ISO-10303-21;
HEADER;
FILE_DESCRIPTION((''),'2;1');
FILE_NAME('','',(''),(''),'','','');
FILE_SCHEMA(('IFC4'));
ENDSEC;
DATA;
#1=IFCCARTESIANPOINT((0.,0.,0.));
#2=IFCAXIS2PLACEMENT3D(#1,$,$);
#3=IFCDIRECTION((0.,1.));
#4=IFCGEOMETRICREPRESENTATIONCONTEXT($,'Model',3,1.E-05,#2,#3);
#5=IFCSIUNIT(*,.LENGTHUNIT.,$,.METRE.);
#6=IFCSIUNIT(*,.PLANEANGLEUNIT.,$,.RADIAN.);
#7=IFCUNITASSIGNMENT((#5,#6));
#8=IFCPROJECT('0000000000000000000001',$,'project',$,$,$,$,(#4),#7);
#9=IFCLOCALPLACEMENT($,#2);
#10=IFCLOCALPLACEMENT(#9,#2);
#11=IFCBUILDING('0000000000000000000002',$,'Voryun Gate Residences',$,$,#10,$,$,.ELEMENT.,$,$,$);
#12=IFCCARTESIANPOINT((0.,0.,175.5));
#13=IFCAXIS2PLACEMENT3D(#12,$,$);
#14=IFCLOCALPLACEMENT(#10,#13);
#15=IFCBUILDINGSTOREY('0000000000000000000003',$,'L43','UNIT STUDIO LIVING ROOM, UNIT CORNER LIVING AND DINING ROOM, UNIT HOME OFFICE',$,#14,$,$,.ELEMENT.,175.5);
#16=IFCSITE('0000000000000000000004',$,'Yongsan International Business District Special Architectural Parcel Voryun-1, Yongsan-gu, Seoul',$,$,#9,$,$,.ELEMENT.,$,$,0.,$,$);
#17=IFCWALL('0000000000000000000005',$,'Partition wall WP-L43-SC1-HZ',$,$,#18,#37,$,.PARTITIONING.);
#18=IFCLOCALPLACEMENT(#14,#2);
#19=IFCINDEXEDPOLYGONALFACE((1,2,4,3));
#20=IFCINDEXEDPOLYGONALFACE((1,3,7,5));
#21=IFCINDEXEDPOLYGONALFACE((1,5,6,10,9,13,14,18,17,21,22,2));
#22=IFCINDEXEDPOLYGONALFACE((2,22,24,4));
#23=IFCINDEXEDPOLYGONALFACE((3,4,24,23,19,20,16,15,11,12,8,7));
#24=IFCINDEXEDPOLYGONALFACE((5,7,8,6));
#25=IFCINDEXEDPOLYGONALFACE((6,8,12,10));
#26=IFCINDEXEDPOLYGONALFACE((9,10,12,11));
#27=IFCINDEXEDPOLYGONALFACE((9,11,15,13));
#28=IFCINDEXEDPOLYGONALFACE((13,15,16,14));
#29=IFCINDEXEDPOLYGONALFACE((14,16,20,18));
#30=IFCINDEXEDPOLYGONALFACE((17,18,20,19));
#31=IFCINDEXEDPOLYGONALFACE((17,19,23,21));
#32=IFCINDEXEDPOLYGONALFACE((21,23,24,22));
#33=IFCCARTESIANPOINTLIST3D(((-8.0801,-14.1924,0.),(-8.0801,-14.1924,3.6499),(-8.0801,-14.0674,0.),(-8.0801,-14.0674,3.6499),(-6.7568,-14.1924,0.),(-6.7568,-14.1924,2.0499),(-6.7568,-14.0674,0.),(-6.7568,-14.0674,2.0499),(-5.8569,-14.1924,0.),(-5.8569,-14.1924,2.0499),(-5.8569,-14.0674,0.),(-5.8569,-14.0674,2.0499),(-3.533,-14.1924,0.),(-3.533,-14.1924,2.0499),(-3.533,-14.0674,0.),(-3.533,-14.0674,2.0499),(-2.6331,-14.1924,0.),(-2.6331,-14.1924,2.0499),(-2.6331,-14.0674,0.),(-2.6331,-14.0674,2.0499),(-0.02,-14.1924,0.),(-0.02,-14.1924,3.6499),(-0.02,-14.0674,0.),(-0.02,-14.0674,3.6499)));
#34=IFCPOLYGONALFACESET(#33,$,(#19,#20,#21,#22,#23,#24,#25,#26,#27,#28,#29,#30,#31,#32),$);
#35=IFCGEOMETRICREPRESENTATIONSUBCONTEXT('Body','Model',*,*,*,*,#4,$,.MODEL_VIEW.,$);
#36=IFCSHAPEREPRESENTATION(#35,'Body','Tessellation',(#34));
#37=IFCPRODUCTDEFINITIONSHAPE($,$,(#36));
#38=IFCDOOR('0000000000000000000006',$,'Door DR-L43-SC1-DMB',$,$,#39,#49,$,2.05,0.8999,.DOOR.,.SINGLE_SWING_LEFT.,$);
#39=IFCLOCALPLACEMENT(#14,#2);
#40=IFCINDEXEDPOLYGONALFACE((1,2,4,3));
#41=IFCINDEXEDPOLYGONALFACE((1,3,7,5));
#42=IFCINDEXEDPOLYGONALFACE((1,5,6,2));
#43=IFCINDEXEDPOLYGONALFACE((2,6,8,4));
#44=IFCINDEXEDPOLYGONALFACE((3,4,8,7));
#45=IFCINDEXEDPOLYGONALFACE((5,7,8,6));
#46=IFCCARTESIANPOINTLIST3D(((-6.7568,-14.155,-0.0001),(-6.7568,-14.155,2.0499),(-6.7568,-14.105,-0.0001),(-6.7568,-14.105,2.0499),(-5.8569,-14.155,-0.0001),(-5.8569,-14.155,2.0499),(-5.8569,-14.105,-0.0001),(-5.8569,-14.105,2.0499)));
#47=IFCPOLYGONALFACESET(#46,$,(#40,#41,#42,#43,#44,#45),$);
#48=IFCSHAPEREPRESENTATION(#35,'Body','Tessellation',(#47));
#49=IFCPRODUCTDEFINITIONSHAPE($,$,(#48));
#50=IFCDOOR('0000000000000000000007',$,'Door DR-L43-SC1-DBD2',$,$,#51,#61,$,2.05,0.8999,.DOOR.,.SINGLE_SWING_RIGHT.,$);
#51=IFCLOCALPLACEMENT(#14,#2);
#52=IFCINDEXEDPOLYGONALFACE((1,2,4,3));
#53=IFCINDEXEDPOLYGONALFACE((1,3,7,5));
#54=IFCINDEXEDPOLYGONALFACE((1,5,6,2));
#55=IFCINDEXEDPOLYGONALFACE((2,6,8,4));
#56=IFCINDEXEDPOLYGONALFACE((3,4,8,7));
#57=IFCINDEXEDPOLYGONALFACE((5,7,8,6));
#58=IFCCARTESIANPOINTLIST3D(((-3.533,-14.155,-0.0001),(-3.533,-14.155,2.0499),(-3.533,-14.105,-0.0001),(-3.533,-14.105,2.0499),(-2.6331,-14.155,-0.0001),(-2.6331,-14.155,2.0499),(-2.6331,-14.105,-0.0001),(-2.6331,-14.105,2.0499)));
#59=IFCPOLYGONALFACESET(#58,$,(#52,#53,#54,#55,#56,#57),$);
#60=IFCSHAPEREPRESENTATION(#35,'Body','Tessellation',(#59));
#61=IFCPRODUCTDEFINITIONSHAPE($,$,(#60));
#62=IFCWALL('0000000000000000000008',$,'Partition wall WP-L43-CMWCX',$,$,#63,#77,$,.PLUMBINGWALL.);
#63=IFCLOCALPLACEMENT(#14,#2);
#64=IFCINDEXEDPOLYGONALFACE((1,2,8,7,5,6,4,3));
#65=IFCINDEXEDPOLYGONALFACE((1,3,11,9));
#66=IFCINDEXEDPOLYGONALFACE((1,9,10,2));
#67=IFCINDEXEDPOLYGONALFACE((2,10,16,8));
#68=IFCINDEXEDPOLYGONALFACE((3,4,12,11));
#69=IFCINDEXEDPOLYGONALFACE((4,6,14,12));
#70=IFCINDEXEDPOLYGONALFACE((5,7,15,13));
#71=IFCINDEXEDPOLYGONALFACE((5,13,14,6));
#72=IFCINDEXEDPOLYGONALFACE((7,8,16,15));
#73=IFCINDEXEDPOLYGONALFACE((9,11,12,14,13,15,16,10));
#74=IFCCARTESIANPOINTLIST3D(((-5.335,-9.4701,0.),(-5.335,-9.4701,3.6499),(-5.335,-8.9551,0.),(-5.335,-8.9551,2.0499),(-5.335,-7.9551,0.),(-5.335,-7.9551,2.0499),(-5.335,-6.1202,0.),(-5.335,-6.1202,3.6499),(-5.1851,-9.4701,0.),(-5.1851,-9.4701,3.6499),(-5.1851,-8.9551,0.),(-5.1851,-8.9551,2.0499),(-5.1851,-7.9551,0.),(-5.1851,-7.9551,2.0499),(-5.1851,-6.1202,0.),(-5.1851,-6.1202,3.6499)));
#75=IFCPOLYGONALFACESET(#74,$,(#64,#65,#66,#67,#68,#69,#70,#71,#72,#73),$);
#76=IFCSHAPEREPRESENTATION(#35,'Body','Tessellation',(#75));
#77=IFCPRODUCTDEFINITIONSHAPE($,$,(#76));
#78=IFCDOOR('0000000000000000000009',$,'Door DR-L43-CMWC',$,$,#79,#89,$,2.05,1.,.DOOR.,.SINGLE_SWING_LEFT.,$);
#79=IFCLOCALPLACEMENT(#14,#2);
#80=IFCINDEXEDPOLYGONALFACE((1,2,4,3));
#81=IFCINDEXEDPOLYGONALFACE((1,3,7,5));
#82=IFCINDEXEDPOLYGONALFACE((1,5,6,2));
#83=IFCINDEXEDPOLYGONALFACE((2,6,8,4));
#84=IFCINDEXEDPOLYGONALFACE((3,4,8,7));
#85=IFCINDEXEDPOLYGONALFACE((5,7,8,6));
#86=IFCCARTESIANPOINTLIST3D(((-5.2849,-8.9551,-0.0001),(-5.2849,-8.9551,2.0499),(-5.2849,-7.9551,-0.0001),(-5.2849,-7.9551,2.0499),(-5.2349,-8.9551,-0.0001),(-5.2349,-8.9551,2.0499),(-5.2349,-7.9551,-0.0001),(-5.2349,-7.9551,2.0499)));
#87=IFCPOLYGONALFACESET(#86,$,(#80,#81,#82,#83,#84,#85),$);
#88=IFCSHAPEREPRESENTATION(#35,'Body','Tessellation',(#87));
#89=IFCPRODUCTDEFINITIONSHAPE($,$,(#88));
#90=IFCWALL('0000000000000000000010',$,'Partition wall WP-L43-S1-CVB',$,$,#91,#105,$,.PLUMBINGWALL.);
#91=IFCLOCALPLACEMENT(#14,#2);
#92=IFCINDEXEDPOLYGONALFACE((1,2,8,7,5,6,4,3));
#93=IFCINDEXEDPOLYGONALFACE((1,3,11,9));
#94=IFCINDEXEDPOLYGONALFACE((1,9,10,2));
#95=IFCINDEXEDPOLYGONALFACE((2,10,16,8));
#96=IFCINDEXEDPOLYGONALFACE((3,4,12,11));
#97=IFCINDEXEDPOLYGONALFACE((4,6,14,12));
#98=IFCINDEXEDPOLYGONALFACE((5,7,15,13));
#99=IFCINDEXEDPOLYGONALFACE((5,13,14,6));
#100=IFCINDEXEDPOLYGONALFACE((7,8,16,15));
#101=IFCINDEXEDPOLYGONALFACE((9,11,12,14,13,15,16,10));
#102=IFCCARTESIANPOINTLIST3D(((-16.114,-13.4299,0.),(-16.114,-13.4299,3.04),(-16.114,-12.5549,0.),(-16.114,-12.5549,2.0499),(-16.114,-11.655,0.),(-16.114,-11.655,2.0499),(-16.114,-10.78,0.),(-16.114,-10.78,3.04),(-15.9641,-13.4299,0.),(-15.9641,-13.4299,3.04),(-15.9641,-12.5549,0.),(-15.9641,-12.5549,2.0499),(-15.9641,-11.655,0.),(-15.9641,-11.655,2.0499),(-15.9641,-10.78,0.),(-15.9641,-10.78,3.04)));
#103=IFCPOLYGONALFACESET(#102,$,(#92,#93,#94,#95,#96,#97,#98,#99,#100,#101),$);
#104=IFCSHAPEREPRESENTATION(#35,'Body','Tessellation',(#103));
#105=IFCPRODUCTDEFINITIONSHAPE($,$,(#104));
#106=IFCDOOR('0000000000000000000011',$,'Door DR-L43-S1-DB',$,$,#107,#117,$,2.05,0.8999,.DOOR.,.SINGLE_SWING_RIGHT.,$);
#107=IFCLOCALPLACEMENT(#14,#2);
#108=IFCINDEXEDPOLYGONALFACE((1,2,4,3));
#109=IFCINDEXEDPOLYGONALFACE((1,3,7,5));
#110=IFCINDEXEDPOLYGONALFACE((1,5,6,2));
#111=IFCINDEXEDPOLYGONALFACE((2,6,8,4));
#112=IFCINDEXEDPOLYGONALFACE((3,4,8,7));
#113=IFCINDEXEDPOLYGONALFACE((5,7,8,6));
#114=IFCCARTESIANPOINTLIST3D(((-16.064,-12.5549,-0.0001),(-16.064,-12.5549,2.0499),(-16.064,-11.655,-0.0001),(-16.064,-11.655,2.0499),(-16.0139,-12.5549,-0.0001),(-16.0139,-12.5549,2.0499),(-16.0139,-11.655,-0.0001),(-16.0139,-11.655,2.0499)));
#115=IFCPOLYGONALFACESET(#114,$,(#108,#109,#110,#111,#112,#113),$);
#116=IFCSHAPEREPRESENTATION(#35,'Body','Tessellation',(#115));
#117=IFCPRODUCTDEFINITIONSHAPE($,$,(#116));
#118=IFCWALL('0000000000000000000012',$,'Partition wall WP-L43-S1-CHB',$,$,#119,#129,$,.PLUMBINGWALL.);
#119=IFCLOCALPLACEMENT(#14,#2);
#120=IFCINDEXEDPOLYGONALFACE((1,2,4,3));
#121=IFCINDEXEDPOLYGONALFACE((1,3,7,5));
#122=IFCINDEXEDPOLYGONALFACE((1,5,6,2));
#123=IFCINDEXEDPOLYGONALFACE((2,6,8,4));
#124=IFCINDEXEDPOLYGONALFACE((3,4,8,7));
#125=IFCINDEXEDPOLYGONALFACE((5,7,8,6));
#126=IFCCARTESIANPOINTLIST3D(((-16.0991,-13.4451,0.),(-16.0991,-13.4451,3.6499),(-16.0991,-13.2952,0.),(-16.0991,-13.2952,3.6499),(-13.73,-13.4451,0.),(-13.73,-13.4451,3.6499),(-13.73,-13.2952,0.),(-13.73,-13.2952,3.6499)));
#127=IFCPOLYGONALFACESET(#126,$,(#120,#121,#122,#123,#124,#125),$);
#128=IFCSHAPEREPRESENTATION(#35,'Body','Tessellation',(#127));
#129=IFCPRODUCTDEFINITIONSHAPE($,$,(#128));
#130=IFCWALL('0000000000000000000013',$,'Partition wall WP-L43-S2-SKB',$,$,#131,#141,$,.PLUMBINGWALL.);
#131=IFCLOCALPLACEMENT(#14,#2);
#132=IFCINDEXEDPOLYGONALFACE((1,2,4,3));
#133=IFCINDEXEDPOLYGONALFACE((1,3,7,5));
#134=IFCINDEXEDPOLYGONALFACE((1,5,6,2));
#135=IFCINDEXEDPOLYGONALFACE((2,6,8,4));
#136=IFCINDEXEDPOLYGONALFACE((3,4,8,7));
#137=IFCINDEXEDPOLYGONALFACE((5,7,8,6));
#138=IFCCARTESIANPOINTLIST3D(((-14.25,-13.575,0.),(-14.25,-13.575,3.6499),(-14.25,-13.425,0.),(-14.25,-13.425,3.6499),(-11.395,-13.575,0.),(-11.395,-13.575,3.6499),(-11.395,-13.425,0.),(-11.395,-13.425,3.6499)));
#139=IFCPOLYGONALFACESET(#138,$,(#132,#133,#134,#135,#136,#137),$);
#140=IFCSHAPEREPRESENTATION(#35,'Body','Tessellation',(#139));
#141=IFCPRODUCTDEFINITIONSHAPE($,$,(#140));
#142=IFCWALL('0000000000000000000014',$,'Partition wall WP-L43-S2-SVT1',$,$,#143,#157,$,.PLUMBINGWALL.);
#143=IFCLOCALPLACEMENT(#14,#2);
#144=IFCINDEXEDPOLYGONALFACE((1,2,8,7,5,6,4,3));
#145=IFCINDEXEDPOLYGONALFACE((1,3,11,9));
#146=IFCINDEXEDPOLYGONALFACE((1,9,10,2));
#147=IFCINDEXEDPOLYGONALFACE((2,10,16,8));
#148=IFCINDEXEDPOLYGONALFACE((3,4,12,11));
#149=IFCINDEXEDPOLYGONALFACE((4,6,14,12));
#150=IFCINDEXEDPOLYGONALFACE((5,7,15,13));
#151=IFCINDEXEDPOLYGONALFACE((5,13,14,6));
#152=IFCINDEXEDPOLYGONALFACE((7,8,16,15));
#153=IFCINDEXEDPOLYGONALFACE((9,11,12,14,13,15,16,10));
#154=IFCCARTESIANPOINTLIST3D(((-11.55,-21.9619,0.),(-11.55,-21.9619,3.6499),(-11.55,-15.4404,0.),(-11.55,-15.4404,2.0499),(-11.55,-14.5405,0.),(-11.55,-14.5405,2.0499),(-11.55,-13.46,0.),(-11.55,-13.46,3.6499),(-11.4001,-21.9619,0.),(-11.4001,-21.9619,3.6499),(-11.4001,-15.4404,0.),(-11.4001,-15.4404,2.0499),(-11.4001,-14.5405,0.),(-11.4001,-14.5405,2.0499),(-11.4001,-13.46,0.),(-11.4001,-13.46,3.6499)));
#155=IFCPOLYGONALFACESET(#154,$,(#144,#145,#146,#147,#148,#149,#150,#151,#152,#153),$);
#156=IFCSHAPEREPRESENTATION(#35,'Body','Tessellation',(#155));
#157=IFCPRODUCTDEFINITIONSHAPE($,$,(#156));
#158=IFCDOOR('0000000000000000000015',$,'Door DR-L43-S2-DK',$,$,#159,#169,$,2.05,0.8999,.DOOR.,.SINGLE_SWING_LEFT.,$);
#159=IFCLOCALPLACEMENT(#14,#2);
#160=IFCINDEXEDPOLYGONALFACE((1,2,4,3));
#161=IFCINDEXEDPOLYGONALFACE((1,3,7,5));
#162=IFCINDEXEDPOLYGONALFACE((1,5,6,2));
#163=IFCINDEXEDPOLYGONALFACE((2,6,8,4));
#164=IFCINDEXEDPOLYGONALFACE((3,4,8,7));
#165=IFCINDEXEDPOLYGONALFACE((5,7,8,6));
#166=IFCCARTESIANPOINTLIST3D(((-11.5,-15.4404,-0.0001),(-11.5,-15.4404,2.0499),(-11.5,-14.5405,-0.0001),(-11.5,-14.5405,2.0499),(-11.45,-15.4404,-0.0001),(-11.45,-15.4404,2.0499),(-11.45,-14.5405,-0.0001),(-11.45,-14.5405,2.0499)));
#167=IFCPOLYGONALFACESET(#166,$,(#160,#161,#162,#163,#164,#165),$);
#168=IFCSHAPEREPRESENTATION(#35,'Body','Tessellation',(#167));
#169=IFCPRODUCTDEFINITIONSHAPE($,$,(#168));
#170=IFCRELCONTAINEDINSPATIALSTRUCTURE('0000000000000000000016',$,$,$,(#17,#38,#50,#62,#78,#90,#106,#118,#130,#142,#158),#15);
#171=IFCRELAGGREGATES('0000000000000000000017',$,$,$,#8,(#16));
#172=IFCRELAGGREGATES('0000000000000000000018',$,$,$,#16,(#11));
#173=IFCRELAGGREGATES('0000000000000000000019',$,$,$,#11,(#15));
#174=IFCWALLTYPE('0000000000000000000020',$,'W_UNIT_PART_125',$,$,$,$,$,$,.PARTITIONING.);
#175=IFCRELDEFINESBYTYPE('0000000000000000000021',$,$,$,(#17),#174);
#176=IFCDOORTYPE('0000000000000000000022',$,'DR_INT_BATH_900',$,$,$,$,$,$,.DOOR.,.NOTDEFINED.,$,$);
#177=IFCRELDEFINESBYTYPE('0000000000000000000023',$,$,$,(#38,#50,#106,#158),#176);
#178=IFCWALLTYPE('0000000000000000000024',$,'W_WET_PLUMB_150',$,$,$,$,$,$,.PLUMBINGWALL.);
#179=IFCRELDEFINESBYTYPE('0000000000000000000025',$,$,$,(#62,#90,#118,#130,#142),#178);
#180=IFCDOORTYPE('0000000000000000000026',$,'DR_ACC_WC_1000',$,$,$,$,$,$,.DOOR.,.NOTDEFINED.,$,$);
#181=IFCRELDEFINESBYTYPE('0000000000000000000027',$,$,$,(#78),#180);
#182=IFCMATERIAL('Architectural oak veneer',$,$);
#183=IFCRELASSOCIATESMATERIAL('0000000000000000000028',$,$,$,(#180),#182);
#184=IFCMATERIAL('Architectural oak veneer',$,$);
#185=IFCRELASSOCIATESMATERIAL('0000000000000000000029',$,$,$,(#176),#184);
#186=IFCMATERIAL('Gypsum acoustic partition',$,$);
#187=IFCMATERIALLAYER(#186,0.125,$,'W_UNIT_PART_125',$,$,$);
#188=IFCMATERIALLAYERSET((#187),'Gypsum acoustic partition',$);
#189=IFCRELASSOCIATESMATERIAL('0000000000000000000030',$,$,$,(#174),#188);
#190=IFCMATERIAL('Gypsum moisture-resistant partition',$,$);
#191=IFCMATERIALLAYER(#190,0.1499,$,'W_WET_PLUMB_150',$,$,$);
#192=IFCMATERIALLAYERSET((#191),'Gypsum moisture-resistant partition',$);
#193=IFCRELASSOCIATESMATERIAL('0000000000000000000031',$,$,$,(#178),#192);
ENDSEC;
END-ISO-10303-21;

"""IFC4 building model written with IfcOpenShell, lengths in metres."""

from ifc_helpers import new_model, si_unit, direction, frame, frame_2d, origin, place, context, subcontext, project, spatial, rectangle, extrude, material, layer, layer_set, type_object, element, fill, save


model = new_model("IFC4")

# Units and contexts
model_context = context("Model", 3, precision=1e-05, world=origin(), true_north=direction((0.0, 1.0)))
body_context = subcontext(model_context, "Body", "Model", "MODEL_VIEW")
ifc_project = project(units=[si_unit("LENGTHUNIT", "METRE"), si_unit("PLANEANGLEUNIT", "RADIAN")], contexts=[model_context])

# Site, building, storey
site_placement = place(None, origin())
site = spatial("IfcSite", under=ifc_project, at=site_placement, Name="Yongsan International Business District Special Architectural Parcel Voryun-1, Yongsan-gu, Seoul", CompositionType="ELEMENT", RefElevation=0.0)
building_placement = place(site_placement, origin())
building = spatial("IfcBuilding", under=site, at=building_placement, Name="Voryun Gate Residences", CompositionType="ELEMENT")
storey_placement = place(building_placement, frame((0.0, 0.0, 175.5)))
storey = spatial("IfcBuildingStorey", under=building, at=storey_placement, Name="L43", Description="UNIT STUDIO LIVING ROOM, UNIT CORNER LIVING AND DINING ROOM, UNIT HOME OFFICE", CompositionType="ELEMENT", Elevation=175.5)

# Shared definitions
ifc_material_1 = material(Name="Architectural oak veneer")
door_type_1 = type_object("IfcDoorType", Name="DR_ACC_WC_1000", OperationType="NOTDEFINED", PredefinedType="DOOR", material=ifc_material_1)
ifc_material_2 = material(Name="Architectural oak veneer")
door_type_2 = type_object("IfcDoorType", Name="DR_INT_BATH_900", OperationType="NOTDEFINED", PredefinedType="DOOR", material=ifc_material_2)

# Wall, openings, doors
ifc_material_3 = material(Name="Gypsum acoustic partition")
ifc_layer_1 = layer(ifc_material_3, 0.125, Name="W_UNIT_PART_125")
ifc_layer_set_1 = layer_set([ifc_layer_1], Name="Gypsum acoustic partition")
wall_type_1 = type_object("IfcWallType", Name="W_UNIT_PART_125", PredefinedType="PARTITIONING", material=ifc_layer_set_1)
wall_1_placement = place(storey_placement, frame((-8.0801, -14.1299, 0.0), z_axis=(0.0, 0.0, 1.0), x_axis=(1.0, 0.0, 0.0)))
wall_1 = element("IfcWall", 1, at=wall_1_placement, inside=storey, type_object=wall_type_1, Name="Partition wall WP-L43-SC1-HZ", PredefinedType="PARTITIONING", context=body_context, shape_type="SweptSolid", body=[
    extrude(rectangle(XDim=8.0601, YDim=0.125, at=frame_2d((4.03, 0.0))), origin(), (0.0, 0.0, 1.0), 3.6499),
])
opening_1_placement = place(wall_1_placement, frame((1.3232, 0.0, 0.0)))
opening_1 = element("IfcOpeningElement", 2, at=opening_1_placement, cuts=wall_1, PredefinedType="OPENING", context=body_context, shape_type="SweptSolid", body=[
    extrude(rectangle(XDim=0.8999, YDim=2.05, at=frame_2d((0.45, 1.0249))), frame((0.0, 0.0725, 0.0), z_axis=(0.0, -1.0, 0.0), x_axis=(1.0, 0.0, 0.0)), (0.0, 0.0, 1.0), 0.145),
])
opening_2_placement = place(wall_1_placement, frame((4.5471, 0.0, 0.0)))
opening_2 = element("IfcOpeningElement", 3, at=opening_2_placement, cuts=wall_1, PredefinedType="OPENING", context=body_context, shape_type="SweptSolid", body=[
    extrude(rectangle(XDim=0.8999, YDim=2.05, at=frame_2d((0.45, 1.0249))), frame((0.0, 0.0725, 0.0), z_axis=(0.0, -1.0, 0.0), x_axis=(1.0, 0.0, 0.0)), (0.0, 0.0, 1.0), 0.145),
])
door_1_placement = place(opening_1_placement, origin())
door_1 = element("IfcDoor", 4, at=door_1_placement, inside=storey, type_object=door_type_2, Name="Door DR-L43-SC1-DMB", OperationType="SINGLE_SWING_LEFT", OverallHeight=2.05, OverallWidth=0.8999, PredefinedType="DOOR", context=body_context, shape_type="SweptSolid", body=[
    extrude(rectangle(XDim=0.8999, YDim=2.05, at=frame_2d((0.45, 1.0249))), frame((0.0, 0.0249, 0.0), z_axis=(0.0, -1.0, 0.0), x_axis=(1.0, 0.0, 0.0)), (0.0, 0.0, 1.0), 0.05),
])
fill(opening_1, door_1)
door_2_placement = place(opening_2_placement, origin())
door_2 = element("IfcDoor", 5, at=door_2_placement, inside=storey, type_object=door_type_2, Name="Door DR-L43-SC1-DBD2", OperationType="SINGLE_SWING_RIGHT", OverallHeight=2.05, OverallWidth=0.8999, PredefinedType="DOOR", context=body_context, shape_type="SweptSolid", body=[
    extrude(rectangle(XDim=0.8999, YDim=2.05, at=frame_2d((0.45, 1.0249))), frame((0.0, 0.0249, 0.0), z_axis=(0.0, -1.0, 0.0), x_axis=(1.0, 0.0, 0.0)), (0.0, 0.0, 1.0), 0.05),
])
fill(opening_2, door_2)

# Walls, openings, doors
ifc_material_4 = material(Name="Gypsum moisture-resistant partition")
ifc_layer_2 = layer(ifc_material_4, 0.1499, Name="W_WET_PLUMB_150")
ifc_layer_set_2 = layer_set([ifc_layer_2], Name="Gypsum moisture-resistant partition")
wall_type_2 = type_object("IfcWallType", Name="W_WET_PLUMB_150", PredefinedType="PLUMBINGWALL", material=ifc_layer_set_2)
wall_2_placement = place(storey_placement, frame((-5.26, -9.47, 0.0), z_axis=(0.0, 0.0, 1.0), x_axis=(0.0, 1.0, 0.0)))
wall_2 = element("IfcWall", 6, at=wall_2_placement, inside=storey, type_object=wall_type_2, Name="Partition wall WP-L43-CMWCX", PredefinedType="PLUMBINGWALL", context=body_context, shape_type="SweptSolid", body=[
    extrude(rectangle(XDim=3.3499, YDim=0.1499, at=frame_2d((1.6748, 0.0))), origin(), (0.0, 0.0, 1.0), 3.6499),
])
opening_3_placement = place(wall_2_placement, frame((0.5149, 0.0, 0.0)))
opening_3 = element("IfcOpeningElement", 7, at=opening_3_placement, cuts=wall_2, PredefinedType="OPENING", context=body_context, shape_type="SweptSolid", body=[
    extrude(rectangle(XDim=1.0, YDim=2.05, at=frame_2d((0.5, 1.0249))), frame((0.0, 0.085, 0.0), z_axis=(0.0, -1.0, 0.0), x_axis=(1.0, 0.0, 0.0)), (0.0, 0.0, 1.0), 0.1699),
])
door_3_placement = place(opening_3_placement, origin())
door_3 = element("IfcDoor", 8, at=door_3_placement, inside=storey, type_object=door_type_1, Name="Door DR-L43-CMWC", OperationType="SINGLE_SWING_LEFT", OverallHeight=2.05, OverallWidth=1.0, PredefinedType="DOOR", context=body_context, shape_type="SweptSolid", body=[
    extrude(rectangle(XDim=1.0, YDim=2.05, at=frame_2d((0.5, 1.0249))), frame((0.0, 0.0249, 0.0), z_axis=(0.0, -1.0, 0.0), x_axis=(1.0, 0.0, 0.0)), (0.0, 0.0, 1.0), 0.05),
])
fill(opening_3, door_3)
wall_3_placement = place(storey_placement, frame((-16.0391, -13.4299, 0.0), z_axis=(0.0, 0.0, 1.0), x_axis=(0.0, 1.0, 0.0)))
wall_3 = element("IfcWall", 9, at=wall_3_placement, inside=storey, type_object=wall_type_2, Name="Partition wall WP-L43-S1-CVB", PredefinedType="PLUMBINGWALL", context=body_context, shape_type="SweptSolid", body=[
    extrude(rectangle(XDim=2.6499, YDim=0.1499, at=frame_2d((1.325, 0.0))), origin(), (0.0, 0.0, 1.0), 3.04),
])
opening_4_placement = place(wall_3_placement, frame((0.875, 0.0, 0.0)))
opening_4 = element("IfcOpeningElement", 10, at=opening_4_placement, cuts=wall_3, PredefinedType="OPENING", context=body_context, shape_type="SweptSolid", body=[
    extrude(rectangle(XDim=0.8999, YDim=2.05, at=frame_2d((0.45, 1.0249))), frame((0.0, 0.085, 0.0), z_axis=(0.0, -1.0, 0.0), x_axis=(1.0, 0.0, 0.0)), (0.0, 0.0, 1.0), 0.1699),
])
door_4_placement = place(opening_4_placement, origin())
door_4 = element("IfcDoor", 11, at=door_4_placement, inside=storey, type_object=door_type_2, Name="Door DR-L43-S1-DB", OperationType="SINGLE_SWING_RIGHT", OverallHeight=2.05, OverallWidth=0.8999, PredefinedType="DOOR", context=body_context, shape_type="SweptSolid", body=[
    extrude(rectangle(XDim=0.8999, YDim=2.05, at=frame_2d((0.45, 1.0249))), frame((0.0, 0.0249, 0.0), z_axis=(0.0, -1.0, 0.0), x_axis=(1.0, 0.0, 0.0)), (0.0, 0.0, 1.0), 0.05),
])
fill(opening_4, door_4)

# Walls
wall_4_placement = place(storey_placement, frame((-16.0991, -13.3701, 0.0), z_axis=(0.0, 0.0, 1.0), x_axis=(1.0, 0.0, 0.0)))
element("IfcWall", 12, at=wall_4_placement, inside=storey, type_object=wall_type_2, Name="Partition wall WP-L43-S1-CHB", PredefinedType="PLUMBINGWALL", context=body_context, shape_type="SweptSolid", body=[
    extrude(rectangle(XDim=2.3691, YDim=0.1499, at=frame_2d((1.1846, 0.0))), origin(), (0.0, 0.0, 1.0), 3.6499),
])
wall_5_placement = place(storey_placement, frame((-14.25, -13.5, 0.0), z_axis=(0.0, 0.0, 1.0), x_axis=(1.0, 0.0, 0.0)))
element("IfcWall", 13, at=wall_5_placement, inside=storey, type_object=wall_type_2, Name="Partition wall WP-L43-S2-SKB", PredefinedType="PLUMBINGWALL", context=body_context, shape_type="SweptSolid", body=[
    extrude(rectangle(XDim=2.855, YDim=0.1499, at=frame_2d((1.4275, 0.0))), origin(), (0.0, 0.0, 1.0), 3.6499),
])

# Wall, opening, door
wall_6_placement = place(storey_placement, frame((-11.4751, -21.9619, 0.0), z_axis=(0.0, 0.0, 1.0), x_axis=(0.0, 1.0, 0.0)))
wall_6 = element("IfcWall", 14, at=wall_6_placement, inside=storey, type_object=wall_type_2, Name="Partition wall WP-L43-S2-SVT1", PredefinedType="PLUMBINGWALL", context=body_context, shape_type="SweptSolid", body=[
    extrude(rectangle(XDim=8.502, YDim=0.1499, at=frame_2d((4.251, 0.0))), origin(), (0.0, 0.0, 1.0), 3.6499),
])
opening_5_placement = place(wall_6_placement, frame((6.5215, 0.0, 0.0)))
opening_5 = element("IfcOpeningElement", 15, at=opening_5_placement, cuts=wall_6, PredefinedType="OPENING", context=body_context, shape_type="SweptSolid", body=[
    extrude(rectangle(XDim=0.8999, YDim=2.05, at=frame_2d((0.45, 1.0249))), frame((0.0, 0.085, 0.0), z_axis=(0.0, -1.0, 0.0), x_axis=(1.0, 0.0, 0.0)), (0.0, 0.0, 1.0), 0.1699),
])
door_5_placement = place(opening_5_placement, origin())
door_5 = element("IfcDoor", 16, at=door_5_placement, inside=storey, type_object=door_type_2, Name="Door DR-L43-S2-DK", OperationType="SINGLE_SWING_LEFT", OverallHeight=2.05, OverallWidth=0.8999, PredefinedType="DOOR", context=body_context, shape_type="SweptSolid", body=[
    extrude(rectangle(XDim=0.8999, YDim=2.05, at=frame_2d((0.45, 1.0249))), frame((0.0, 0.0249, 0.0), z_axis=(0.0, -1.0, 0.0), x_axis=(1.0, 0.0, 0.0)), (0.0, 0.0, 1.0), 0.05),
])
fill(opening_5, door_5)

save(model, "model.ifc")
